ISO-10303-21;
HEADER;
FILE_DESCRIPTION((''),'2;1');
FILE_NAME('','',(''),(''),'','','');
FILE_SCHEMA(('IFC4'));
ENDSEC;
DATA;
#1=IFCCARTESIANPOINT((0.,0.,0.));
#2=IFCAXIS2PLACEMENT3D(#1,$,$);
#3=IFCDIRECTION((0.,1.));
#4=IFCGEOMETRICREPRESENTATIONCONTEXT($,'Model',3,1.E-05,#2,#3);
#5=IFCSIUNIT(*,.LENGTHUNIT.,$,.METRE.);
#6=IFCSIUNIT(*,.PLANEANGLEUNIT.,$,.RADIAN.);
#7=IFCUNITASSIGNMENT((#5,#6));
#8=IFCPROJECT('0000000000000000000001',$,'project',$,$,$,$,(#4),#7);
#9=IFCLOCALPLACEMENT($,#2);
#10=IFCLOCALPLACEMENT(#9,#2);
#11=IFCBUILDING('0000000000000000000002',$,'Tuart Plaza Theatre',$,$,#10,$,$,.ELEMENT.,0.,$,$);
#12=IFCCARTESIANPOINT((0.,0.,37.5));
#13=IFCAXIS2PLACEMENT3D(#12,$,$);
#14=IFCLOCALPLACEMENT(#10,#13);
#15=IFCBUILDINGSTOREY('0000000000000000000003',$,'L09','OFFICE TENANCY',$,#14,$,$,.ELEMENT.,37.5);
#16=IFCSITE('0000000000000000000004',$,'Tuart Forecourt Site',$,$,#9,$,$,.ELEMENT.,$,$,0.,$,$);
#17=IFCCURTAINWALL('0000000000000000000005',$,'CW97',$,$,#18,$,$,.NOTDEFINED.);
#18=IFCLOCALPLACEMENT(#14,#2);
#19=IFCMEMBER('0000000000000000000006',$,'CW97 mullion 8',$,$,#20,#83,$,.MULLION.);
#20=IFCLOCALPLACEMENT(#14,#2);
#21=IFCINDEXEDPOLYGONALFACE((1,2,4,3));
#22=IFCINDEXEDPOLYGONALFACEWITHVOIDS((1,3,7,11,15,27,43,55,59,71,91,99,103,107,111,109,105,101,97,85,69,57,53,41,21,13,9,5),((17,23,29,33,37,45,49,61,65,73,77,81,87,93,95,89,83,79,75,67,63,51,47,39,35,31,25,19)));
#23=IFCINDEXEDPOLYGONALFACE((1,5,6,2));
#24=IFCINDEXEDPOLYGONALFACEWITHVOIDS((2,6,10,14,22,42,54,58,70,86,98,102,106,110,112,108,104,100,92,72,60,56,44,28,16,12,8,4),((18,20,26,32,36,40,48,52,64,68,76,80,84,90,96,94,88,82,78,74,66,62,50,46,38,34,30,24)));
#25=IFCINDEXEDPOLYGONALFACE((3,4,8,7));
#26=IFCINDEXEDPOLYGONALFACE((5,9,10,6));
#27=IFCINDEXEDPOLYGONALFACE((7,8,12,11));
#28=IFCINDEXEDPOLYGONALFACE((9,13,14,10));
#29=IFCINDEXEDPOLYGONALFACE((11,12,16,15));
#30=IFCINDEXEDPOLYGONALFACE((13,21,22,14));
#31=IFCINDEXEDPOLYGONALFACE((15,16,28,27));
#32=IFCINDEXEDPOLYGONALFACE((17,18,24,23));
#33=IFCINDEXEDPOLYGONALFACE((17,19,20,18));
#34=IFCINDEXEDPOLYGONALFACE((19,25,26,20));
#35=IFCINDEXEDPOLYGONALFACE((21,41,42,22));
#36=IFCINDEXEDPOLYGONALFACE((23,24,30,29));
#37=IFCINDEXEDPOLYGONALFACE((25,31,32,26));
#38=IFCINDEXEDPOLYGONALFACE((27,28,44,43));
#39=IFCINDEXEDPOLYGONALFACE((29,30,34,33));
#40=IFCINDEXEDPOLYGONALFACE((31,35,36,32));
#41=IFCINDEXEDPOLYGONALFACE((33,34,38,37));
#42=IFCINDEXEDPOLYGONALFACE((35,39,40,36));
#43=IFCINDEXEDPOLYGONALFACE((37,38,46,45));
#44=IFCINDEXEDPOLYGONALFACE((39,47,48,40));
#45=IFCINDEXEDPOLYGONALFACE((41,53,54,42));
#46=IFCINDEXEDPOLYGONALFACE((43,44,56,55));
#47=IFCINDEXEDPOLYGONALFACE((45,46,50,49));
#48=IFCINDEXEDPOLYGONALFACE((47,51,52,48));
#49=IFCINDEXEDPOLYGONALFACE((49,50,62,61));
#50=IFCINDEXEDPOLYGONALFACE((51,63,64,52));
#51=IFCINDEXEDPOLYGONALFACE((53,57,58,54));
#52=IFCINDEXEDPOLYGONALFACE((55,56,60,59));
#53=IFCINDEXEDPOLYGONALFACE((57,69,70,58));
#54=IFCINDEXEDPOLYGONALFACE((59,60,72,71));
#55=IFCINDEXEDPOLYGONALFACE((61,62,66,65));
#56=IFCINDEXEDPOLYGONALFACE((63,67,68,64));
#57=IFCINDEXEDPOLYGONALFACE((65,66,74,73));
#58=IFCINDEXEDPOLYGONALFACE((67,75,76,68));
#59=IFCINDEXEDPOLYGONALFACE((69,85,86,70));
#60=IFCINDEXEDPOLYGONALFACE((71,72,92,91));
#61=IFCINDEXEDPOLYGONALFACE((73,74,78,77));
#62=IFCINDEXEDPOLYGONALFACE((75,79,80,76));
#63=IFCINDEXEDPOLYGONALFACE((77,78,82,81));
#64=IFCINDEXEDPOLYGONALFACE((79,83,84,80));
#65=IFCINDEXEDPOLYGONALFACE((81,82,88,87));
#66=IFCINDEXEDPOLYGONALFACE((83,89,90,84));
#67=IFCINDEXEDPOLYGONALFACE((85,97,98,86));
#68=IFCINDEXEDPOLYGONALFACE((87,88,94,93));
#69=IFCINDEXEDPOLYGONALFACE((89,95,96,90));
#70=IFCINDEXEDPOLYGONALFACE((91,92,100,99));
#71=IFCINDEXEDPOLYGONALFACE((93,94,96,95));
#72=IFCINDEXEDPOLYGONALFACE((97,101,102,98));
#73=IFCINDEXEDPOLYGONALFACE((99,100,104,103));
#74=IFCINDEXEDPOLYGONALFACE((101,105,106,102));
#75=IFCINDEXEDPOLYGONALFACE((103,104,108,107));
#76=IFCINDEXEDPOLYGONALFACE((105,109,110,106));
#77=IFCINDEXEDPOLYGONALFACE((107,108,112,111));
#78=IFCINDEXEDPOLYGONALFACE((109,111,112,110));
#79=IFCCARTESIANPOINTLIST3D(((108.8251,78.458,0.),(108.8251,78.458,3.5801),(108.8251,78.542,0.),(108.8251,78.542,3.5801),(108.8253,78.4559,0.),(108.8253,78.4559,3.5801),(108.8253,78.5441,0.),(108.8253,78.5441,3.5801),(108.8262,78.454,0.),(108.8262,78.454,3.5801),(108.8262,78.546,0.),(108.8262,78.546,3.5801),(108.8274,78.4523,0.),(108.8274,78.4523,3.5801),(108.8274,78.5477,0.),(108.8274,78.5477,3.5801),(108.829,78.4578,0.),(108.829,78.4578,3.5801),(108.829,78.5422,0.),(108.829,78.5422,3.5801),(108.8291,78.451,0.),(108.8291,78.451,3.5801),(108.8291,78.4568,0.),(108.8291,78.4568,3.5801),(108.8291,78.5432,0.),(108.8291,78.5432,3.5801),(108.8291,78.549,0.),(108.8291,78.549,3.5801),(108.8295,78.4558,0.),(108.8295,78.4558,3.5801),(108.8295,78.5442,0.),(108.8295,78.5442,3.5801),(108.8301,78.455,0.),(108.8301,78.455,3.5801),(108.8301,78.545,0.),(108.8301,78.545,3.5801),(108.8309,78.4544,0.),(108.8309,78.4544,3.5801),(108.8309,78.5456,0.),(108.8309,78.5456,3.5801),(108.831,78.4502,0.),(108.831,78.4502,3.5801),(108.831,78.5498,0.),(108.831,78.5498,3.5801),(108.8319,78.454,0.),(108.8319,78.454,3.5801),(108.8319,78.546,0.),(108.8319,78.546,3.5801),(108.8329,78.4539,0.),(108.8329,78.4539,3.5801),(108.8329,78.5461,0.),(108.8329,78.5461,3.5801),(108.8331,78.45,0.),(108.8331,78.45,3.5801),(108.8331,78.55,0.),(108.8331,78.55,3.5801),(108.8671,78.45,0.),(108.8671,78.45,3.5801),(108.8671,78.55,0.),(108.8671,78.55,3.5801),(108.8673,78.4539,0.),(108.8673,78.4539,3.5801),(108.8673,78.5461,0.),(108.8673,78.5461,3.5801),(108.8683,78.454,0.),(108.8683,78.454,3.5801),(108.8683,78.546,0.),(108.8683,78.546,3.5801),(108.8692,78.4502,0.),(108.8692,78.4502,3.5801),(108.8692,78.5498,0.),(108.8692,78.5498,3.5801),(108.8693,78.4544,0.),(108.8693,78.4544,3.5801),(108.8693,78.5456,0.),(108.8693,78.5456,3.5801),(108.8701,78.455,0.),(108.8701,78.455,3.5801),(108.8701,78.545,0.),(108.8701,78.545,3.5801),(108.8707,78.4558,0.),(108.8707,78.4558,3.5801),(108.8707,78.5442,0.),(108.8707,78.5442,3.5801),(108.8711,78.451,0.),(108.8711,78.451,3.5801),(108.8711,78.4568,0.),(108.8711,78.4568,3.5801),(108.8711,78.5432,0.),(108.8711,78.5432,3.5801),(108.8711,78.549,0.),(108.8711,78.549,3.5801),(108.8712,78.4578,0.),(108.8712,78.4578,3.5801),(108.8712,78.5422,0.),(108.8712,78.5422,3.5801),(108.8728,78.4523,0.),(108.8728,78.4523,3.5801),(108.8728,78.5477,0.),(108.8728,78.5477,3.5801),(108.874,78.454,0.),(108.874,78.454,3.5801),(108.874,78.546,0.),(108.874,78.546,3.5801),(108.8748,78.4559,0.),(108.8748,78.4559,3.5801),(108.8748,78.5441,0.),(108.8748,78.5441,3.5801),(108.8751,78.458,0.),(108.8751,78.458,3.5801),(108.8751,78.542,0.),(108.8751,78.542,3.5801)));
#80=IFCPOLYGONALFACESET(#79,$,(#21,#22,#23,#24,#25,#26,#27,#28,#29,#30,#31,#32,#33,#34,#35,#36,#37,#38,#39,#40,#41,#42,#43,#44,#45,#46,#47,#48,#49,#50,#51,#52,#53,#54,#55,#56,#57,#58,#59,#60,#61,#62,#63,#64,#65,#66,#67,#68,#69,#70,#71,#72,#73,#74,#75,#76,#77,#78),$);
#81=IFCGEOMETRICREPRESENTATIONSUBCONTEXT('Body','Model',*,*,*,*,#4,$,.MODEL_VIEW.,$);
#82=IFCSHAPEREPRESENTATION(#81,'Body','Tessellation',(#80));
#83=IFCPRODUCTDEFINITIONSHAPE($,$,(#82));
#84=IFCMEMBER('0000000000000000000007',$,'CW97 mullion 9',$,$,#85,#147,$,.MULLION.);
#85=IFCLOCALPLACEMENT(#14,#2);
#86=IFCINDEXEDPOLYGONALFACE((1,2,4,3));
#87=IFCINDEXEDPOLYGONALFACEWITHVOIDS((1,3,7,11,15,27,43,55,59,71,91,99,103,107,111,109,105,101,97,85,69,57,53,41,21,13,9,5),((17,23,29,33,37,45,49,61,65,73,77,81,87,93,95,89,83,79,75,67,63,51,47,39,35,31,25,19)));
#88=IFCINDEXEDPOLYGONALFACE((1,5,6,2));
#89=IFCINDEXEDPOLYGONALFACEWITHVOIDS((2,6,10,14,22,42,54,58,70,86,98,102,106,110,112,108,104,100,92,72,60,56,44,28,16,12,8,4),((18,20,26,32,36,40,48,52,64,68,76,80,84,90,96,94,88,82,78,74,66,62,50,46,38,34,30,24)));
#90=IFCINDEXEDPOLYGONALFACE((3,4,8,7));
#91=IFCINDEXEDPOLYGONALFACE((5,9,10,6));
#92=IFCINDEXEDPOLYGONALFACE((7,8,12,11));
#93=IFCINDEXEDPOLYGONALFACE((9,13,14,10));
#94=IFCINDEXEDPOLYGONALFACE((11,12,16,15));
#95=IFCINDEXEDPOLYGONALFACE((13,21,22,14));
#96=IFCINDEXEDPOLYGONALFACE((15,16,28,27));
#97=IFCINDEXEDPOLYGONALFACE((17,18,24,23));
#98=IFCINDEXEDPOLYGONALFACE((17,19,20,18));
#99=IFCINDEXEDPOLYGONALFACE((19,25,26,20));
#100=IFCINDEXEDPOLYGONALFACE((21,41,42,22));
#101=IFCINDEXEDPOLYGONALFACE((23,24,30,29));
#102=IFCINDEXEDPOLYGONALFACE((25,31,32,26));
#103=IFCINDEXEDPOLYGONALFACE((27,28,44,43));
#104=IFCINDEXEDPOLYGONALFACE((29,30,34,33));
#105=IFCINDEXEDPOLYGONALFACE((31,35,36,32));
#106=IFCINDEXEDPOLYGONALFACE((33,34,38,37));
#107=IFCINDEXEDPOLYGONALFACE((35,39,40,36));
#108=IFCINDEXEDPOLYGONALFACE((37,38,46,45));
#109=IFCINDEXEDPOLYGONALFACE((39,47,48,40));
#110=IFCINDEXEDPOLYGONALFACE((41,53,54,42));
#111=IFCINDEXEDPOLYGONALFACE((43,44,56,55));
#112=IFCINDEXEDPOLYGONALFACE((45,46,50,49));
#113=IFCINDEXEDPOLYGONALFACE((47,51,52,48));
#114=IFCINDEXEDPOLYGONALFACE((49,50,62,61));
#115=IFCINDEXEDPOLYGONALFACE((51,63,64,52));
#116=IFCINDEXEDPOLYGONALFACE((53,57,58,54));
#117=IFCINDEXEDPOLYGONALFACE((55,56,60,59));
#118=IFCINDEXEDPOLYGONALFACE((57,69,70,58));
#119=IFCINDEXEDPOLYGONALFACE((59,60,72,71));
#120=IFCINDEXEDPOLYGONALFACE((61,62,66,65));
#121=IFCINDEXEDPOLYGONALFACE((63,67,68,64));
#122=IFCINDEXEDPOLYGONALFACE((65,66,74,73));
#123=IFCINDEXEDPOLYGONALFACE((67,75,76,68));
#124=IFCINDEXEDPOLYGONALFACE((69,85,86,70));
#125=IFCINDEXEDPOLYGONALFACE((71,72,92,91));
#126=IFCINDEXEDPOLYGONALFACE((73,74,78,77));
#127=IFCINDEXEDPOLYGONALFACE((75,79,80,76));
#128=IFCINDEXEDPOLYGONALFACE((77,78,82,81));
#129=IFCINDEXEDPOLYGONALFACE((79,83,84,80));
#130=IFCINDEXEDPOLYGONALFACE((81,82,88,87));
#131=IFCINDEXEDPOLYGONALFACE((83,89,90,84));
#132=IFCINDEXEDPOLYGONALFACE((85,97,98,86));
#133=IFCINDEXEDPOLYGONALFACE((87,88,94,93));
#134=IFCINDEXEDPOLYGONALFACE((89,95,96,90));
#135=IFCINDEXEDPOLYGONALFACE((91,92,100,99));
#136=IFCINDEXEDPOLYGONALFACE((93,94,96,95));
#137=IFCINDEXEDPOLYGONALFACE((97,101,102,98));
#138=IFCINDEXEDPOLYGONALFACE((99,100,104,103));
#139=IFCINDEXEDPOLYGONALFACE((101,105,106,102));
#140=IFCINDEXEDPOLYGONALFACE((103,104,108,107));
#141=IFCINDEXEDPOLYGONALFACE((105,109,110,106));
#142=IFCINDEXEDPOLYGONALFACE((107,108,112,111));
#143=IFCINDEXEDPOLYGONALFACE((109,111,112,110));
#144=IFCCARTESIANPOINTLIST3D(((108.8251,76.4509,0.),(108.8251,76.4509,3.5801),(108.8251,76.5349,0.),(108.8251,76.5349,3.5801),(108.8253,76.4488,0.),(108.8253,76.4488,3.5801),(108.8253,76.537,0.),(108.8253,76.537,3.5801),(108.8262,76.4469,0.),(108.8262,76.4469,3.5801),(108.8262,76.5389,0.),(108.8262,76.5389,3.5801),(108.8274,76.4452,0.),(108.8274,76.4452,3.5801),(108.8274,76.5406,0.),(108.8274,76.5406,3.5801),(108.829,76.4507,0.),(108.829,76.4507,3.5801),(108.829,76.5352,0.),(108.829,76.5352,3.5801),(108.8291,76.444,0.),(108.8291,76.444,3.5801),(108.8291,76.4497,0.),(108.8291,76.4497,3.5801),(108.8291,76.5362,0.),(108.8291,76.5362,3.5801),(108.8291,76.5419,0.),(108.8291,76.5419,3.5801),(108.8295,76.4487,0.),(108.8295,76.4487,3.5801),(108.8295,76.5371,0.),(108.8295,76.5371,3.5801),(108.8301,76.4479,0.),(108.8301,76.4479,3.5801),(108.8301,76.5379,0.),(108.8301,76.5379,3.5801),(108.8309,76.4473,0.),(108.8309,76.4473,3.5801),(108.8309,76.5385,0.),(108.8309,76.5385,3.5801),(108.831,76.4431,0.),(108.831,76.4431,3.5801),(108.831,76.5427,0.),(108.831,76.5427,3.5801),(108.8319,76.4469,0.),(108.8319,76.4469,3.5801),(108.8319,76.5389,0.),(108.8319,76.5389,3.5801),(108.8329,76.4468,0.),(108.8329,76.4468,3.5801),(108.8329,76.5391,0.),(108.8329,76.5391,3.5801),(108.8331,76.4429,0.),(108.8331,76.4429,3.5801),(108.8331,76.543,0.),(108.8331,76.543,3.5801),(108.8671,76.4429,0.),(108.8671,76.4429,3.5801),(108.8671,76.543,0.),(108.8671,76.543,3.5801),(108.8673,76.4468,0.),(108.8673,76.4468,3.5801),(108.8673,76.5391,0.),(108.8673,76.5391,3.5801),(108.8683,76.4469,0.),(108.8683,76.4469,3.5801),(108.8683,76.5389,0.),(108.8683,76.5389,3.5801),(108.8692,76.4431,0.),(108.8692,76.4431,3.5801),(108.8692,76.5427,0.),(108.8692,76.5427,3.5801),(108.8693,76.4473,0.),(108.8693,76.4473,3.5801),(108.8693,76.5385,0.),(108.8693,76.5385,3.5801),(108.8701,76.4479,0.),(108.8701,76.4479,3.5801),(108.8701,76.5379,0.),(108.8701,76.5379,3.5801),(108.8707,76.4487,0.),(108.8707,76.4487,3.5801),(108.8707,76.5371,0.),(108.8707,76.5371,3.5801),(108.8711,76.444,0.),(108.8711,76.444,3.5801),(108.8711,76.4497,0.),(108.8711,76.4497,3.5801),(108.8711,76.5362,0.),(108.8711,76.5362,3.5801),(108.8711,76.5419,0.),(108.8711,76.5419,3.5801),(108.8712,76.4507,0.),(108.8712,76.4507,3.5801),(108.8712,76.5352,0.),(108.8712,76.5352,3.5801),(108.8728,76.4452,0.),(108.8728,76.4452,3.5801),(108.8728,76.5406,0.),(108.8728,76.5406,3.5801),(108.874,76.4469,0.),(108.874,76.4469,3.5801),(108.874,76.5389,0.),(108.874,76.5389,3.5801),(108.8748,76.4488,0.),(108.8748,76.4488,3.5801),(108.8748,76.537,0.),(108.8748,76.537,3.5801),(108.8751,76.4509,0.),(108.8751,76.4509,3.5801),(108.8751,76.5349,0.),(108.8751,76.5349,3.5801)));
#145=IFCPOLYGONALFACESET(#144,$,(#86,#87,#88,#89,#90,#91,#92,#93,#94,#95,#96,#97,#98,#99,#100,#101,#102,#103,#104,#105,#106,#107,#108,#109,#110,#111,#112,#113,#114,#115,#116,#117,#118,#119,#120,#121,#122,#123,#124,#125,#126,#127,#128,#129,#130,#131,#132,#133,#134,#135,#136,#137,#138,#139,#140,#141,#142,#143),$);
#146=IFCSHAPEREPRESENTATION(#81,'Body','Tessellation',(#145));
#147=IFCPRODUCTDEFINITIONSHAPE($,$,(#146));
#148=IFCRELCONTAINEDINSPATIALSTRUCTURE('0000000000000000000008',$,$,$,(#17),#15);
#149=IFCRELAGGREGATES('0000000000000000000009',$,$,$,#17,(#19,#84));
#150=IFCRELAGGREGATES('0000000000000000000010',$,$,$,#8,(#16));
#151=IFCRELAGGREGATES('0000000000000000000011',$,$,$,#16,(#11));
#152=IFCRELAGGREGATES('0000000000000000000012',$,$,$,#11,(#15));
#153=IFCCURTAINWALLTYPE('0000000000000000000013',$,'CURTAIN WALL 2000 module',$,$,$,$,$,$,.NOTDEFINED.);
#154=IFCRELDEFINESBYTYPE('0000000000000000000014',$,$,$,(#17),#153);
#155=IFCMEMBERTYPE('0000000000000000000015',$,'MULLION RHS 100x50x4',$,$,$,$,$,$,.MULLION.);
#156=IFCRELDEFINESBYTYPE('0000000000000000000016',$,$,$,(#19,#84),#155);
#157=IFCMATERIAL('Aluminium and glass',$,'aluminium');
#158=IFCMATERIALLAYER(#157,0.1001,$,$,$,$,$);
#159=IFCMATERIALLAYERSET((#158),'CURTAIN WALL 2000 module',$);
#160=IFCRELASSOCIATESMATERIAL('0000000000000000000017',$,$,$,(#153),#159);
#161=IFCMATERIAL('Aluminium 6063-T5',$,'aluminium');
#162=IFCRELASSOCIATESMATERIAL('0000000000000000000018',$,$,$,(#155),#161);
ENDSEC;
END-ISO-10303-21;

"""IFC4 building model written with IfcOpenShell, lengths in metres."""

from ifc_helpers import new_model, si_unit, direction, frame, origin, origin_2d, place, context, subcontext, project, spatial, hollow_rectangle, extrude, material, layer, layer_set, material_profile, profile_set, type_object, element, aggregate, save


model = new_model("IFC4")

# Units and contexts
model_context = context("Model", 3, precision=1e-05, world=origin(), true_north=direction((0.0, 1.0)))
body_context = subcontext(model_context, "Body", "Model", "MODEL_VIEW")
ifc_project = project(units=[si_unit("LENGTHUNIT", "METRE"), si_unit("PLANEANGLEUNIT", "RADIAN")], contexts=[model_context])

# Site, building, storey
site_placement = place(None, origin())
site = spatial("IfcSite", under=ifc_project, at=site_placement, Name="Tuart Forecourt Site", CompositionType="ELEMENT", RefElevation=0.0)
building_placement = place(site_placement, origin())
building = spatial("IfcBuilding", under=site, at=building_placement, Name="Tuart Plaza Theatre", CompositionType="ELEMENT", ElevationOfRefHeight=0.0)
storey_placement = place(building_placement, frame((0.0, 0.0, 37.5)))
storey = spatial("IfcBuildingStorey", under=building, at=storey_placement, Name="L09", Description="OFFICE TENANCY", CompositionType="ELEMENT", Elevation=37.5)

# Curtain wall, members
ifc_material_1 = material(Name="Aluminium and glass", Category="aluminium")
ifc_layer_1 = layer(ifc_material_1, 0.1001)
ifc_layer_set_1 = layer_set([ifc_layer_1], Name="CURTAIN WALL 2000 module")
curtain_wall_type = type_object("IfcCurtainWallType", Name="CURTAIN WALL 2000 module", PredefinedType="NOTDEFINED", material=ifc_layer_set_1)
curtain_wall_placement = place(storey_placement, origin())
curtain_wall = element("IfcCurtainWall", 1, at=curtain_wall_placement, inside=storey, type_object=curtain_wall_type, Name="CW97", PredefinedType="NOTDEFINED")
ifc_material_2 = material(Name="Aluminium 6063-T5", Category="aluminium")
ifc_material_profile_1 = material_profile(ifc_material_2, hollow_rectangle(XDim=0.05, YDim=0.1001, WallThickness=0.0039, InnerFilletRadius=0.0039, OuterFilletRadius=0.0081, at=origin_2d()), Name="RHS 100x50x4")
ifc_profile_set_1 = profile_set([ifc_material_profile_1], Name="Aluminium 6063-T5")
member_type_1 = type_object("IfcMemberType", Name="MULLION RHS 100x50x4", PredefinedType="MULLION", material=ifc_profile_set_1)
member_1_placement = place(storey_placement, frame((108.8501, 78.5, 0.0), z_axis=(0.0, 0.0, 1.0), x_axis=(1.0, 0.0, 0.0)))
member_1 = element("IfcMember", 2, at=member_1_placement, type_object=member_type_1, Name="CW97 mullion 8", PredefinedType="MULLION", context=body_context, shape_type="SweptSolid", body=[
    extrude(hollow_rectangle(XDim=0.05, YDim=0.1001, WallThickness=0.0039, InnerFilletRadius=0.0039, OuterFilletRadius=0.0081, at=origin_2d()), origin(), (0.0, 0.0, 1.0), 3.5801),
])
member_2_placement = place(storey_placement, frame((108.8501, 76.4929, 0.0), z_axis=(0.0, 0.0, 1.0), x_axis=(1.0, 0.0, 0.0)))
member_2 = element("IfcMember", 3, at=member_2_placement, type_object=member_type_1, Name="CW97 mullion 9", PredefinedType="MULLION", context=body_context, shape_type="SweptSolid", body=[
    extrude(hollow_rectangle(XDim=0.05, YDim=0.1001, WallThickness=0.0039, InnerFilletRadius=0.0039, OuterFilletRadius=0.0081, at=origin_2d()), origin(), (0.0, 0.0, 1.0), 3.5801),
])
aggregate(curtain_wall, [member_1, member_2])

save(model, "model.ifc")
